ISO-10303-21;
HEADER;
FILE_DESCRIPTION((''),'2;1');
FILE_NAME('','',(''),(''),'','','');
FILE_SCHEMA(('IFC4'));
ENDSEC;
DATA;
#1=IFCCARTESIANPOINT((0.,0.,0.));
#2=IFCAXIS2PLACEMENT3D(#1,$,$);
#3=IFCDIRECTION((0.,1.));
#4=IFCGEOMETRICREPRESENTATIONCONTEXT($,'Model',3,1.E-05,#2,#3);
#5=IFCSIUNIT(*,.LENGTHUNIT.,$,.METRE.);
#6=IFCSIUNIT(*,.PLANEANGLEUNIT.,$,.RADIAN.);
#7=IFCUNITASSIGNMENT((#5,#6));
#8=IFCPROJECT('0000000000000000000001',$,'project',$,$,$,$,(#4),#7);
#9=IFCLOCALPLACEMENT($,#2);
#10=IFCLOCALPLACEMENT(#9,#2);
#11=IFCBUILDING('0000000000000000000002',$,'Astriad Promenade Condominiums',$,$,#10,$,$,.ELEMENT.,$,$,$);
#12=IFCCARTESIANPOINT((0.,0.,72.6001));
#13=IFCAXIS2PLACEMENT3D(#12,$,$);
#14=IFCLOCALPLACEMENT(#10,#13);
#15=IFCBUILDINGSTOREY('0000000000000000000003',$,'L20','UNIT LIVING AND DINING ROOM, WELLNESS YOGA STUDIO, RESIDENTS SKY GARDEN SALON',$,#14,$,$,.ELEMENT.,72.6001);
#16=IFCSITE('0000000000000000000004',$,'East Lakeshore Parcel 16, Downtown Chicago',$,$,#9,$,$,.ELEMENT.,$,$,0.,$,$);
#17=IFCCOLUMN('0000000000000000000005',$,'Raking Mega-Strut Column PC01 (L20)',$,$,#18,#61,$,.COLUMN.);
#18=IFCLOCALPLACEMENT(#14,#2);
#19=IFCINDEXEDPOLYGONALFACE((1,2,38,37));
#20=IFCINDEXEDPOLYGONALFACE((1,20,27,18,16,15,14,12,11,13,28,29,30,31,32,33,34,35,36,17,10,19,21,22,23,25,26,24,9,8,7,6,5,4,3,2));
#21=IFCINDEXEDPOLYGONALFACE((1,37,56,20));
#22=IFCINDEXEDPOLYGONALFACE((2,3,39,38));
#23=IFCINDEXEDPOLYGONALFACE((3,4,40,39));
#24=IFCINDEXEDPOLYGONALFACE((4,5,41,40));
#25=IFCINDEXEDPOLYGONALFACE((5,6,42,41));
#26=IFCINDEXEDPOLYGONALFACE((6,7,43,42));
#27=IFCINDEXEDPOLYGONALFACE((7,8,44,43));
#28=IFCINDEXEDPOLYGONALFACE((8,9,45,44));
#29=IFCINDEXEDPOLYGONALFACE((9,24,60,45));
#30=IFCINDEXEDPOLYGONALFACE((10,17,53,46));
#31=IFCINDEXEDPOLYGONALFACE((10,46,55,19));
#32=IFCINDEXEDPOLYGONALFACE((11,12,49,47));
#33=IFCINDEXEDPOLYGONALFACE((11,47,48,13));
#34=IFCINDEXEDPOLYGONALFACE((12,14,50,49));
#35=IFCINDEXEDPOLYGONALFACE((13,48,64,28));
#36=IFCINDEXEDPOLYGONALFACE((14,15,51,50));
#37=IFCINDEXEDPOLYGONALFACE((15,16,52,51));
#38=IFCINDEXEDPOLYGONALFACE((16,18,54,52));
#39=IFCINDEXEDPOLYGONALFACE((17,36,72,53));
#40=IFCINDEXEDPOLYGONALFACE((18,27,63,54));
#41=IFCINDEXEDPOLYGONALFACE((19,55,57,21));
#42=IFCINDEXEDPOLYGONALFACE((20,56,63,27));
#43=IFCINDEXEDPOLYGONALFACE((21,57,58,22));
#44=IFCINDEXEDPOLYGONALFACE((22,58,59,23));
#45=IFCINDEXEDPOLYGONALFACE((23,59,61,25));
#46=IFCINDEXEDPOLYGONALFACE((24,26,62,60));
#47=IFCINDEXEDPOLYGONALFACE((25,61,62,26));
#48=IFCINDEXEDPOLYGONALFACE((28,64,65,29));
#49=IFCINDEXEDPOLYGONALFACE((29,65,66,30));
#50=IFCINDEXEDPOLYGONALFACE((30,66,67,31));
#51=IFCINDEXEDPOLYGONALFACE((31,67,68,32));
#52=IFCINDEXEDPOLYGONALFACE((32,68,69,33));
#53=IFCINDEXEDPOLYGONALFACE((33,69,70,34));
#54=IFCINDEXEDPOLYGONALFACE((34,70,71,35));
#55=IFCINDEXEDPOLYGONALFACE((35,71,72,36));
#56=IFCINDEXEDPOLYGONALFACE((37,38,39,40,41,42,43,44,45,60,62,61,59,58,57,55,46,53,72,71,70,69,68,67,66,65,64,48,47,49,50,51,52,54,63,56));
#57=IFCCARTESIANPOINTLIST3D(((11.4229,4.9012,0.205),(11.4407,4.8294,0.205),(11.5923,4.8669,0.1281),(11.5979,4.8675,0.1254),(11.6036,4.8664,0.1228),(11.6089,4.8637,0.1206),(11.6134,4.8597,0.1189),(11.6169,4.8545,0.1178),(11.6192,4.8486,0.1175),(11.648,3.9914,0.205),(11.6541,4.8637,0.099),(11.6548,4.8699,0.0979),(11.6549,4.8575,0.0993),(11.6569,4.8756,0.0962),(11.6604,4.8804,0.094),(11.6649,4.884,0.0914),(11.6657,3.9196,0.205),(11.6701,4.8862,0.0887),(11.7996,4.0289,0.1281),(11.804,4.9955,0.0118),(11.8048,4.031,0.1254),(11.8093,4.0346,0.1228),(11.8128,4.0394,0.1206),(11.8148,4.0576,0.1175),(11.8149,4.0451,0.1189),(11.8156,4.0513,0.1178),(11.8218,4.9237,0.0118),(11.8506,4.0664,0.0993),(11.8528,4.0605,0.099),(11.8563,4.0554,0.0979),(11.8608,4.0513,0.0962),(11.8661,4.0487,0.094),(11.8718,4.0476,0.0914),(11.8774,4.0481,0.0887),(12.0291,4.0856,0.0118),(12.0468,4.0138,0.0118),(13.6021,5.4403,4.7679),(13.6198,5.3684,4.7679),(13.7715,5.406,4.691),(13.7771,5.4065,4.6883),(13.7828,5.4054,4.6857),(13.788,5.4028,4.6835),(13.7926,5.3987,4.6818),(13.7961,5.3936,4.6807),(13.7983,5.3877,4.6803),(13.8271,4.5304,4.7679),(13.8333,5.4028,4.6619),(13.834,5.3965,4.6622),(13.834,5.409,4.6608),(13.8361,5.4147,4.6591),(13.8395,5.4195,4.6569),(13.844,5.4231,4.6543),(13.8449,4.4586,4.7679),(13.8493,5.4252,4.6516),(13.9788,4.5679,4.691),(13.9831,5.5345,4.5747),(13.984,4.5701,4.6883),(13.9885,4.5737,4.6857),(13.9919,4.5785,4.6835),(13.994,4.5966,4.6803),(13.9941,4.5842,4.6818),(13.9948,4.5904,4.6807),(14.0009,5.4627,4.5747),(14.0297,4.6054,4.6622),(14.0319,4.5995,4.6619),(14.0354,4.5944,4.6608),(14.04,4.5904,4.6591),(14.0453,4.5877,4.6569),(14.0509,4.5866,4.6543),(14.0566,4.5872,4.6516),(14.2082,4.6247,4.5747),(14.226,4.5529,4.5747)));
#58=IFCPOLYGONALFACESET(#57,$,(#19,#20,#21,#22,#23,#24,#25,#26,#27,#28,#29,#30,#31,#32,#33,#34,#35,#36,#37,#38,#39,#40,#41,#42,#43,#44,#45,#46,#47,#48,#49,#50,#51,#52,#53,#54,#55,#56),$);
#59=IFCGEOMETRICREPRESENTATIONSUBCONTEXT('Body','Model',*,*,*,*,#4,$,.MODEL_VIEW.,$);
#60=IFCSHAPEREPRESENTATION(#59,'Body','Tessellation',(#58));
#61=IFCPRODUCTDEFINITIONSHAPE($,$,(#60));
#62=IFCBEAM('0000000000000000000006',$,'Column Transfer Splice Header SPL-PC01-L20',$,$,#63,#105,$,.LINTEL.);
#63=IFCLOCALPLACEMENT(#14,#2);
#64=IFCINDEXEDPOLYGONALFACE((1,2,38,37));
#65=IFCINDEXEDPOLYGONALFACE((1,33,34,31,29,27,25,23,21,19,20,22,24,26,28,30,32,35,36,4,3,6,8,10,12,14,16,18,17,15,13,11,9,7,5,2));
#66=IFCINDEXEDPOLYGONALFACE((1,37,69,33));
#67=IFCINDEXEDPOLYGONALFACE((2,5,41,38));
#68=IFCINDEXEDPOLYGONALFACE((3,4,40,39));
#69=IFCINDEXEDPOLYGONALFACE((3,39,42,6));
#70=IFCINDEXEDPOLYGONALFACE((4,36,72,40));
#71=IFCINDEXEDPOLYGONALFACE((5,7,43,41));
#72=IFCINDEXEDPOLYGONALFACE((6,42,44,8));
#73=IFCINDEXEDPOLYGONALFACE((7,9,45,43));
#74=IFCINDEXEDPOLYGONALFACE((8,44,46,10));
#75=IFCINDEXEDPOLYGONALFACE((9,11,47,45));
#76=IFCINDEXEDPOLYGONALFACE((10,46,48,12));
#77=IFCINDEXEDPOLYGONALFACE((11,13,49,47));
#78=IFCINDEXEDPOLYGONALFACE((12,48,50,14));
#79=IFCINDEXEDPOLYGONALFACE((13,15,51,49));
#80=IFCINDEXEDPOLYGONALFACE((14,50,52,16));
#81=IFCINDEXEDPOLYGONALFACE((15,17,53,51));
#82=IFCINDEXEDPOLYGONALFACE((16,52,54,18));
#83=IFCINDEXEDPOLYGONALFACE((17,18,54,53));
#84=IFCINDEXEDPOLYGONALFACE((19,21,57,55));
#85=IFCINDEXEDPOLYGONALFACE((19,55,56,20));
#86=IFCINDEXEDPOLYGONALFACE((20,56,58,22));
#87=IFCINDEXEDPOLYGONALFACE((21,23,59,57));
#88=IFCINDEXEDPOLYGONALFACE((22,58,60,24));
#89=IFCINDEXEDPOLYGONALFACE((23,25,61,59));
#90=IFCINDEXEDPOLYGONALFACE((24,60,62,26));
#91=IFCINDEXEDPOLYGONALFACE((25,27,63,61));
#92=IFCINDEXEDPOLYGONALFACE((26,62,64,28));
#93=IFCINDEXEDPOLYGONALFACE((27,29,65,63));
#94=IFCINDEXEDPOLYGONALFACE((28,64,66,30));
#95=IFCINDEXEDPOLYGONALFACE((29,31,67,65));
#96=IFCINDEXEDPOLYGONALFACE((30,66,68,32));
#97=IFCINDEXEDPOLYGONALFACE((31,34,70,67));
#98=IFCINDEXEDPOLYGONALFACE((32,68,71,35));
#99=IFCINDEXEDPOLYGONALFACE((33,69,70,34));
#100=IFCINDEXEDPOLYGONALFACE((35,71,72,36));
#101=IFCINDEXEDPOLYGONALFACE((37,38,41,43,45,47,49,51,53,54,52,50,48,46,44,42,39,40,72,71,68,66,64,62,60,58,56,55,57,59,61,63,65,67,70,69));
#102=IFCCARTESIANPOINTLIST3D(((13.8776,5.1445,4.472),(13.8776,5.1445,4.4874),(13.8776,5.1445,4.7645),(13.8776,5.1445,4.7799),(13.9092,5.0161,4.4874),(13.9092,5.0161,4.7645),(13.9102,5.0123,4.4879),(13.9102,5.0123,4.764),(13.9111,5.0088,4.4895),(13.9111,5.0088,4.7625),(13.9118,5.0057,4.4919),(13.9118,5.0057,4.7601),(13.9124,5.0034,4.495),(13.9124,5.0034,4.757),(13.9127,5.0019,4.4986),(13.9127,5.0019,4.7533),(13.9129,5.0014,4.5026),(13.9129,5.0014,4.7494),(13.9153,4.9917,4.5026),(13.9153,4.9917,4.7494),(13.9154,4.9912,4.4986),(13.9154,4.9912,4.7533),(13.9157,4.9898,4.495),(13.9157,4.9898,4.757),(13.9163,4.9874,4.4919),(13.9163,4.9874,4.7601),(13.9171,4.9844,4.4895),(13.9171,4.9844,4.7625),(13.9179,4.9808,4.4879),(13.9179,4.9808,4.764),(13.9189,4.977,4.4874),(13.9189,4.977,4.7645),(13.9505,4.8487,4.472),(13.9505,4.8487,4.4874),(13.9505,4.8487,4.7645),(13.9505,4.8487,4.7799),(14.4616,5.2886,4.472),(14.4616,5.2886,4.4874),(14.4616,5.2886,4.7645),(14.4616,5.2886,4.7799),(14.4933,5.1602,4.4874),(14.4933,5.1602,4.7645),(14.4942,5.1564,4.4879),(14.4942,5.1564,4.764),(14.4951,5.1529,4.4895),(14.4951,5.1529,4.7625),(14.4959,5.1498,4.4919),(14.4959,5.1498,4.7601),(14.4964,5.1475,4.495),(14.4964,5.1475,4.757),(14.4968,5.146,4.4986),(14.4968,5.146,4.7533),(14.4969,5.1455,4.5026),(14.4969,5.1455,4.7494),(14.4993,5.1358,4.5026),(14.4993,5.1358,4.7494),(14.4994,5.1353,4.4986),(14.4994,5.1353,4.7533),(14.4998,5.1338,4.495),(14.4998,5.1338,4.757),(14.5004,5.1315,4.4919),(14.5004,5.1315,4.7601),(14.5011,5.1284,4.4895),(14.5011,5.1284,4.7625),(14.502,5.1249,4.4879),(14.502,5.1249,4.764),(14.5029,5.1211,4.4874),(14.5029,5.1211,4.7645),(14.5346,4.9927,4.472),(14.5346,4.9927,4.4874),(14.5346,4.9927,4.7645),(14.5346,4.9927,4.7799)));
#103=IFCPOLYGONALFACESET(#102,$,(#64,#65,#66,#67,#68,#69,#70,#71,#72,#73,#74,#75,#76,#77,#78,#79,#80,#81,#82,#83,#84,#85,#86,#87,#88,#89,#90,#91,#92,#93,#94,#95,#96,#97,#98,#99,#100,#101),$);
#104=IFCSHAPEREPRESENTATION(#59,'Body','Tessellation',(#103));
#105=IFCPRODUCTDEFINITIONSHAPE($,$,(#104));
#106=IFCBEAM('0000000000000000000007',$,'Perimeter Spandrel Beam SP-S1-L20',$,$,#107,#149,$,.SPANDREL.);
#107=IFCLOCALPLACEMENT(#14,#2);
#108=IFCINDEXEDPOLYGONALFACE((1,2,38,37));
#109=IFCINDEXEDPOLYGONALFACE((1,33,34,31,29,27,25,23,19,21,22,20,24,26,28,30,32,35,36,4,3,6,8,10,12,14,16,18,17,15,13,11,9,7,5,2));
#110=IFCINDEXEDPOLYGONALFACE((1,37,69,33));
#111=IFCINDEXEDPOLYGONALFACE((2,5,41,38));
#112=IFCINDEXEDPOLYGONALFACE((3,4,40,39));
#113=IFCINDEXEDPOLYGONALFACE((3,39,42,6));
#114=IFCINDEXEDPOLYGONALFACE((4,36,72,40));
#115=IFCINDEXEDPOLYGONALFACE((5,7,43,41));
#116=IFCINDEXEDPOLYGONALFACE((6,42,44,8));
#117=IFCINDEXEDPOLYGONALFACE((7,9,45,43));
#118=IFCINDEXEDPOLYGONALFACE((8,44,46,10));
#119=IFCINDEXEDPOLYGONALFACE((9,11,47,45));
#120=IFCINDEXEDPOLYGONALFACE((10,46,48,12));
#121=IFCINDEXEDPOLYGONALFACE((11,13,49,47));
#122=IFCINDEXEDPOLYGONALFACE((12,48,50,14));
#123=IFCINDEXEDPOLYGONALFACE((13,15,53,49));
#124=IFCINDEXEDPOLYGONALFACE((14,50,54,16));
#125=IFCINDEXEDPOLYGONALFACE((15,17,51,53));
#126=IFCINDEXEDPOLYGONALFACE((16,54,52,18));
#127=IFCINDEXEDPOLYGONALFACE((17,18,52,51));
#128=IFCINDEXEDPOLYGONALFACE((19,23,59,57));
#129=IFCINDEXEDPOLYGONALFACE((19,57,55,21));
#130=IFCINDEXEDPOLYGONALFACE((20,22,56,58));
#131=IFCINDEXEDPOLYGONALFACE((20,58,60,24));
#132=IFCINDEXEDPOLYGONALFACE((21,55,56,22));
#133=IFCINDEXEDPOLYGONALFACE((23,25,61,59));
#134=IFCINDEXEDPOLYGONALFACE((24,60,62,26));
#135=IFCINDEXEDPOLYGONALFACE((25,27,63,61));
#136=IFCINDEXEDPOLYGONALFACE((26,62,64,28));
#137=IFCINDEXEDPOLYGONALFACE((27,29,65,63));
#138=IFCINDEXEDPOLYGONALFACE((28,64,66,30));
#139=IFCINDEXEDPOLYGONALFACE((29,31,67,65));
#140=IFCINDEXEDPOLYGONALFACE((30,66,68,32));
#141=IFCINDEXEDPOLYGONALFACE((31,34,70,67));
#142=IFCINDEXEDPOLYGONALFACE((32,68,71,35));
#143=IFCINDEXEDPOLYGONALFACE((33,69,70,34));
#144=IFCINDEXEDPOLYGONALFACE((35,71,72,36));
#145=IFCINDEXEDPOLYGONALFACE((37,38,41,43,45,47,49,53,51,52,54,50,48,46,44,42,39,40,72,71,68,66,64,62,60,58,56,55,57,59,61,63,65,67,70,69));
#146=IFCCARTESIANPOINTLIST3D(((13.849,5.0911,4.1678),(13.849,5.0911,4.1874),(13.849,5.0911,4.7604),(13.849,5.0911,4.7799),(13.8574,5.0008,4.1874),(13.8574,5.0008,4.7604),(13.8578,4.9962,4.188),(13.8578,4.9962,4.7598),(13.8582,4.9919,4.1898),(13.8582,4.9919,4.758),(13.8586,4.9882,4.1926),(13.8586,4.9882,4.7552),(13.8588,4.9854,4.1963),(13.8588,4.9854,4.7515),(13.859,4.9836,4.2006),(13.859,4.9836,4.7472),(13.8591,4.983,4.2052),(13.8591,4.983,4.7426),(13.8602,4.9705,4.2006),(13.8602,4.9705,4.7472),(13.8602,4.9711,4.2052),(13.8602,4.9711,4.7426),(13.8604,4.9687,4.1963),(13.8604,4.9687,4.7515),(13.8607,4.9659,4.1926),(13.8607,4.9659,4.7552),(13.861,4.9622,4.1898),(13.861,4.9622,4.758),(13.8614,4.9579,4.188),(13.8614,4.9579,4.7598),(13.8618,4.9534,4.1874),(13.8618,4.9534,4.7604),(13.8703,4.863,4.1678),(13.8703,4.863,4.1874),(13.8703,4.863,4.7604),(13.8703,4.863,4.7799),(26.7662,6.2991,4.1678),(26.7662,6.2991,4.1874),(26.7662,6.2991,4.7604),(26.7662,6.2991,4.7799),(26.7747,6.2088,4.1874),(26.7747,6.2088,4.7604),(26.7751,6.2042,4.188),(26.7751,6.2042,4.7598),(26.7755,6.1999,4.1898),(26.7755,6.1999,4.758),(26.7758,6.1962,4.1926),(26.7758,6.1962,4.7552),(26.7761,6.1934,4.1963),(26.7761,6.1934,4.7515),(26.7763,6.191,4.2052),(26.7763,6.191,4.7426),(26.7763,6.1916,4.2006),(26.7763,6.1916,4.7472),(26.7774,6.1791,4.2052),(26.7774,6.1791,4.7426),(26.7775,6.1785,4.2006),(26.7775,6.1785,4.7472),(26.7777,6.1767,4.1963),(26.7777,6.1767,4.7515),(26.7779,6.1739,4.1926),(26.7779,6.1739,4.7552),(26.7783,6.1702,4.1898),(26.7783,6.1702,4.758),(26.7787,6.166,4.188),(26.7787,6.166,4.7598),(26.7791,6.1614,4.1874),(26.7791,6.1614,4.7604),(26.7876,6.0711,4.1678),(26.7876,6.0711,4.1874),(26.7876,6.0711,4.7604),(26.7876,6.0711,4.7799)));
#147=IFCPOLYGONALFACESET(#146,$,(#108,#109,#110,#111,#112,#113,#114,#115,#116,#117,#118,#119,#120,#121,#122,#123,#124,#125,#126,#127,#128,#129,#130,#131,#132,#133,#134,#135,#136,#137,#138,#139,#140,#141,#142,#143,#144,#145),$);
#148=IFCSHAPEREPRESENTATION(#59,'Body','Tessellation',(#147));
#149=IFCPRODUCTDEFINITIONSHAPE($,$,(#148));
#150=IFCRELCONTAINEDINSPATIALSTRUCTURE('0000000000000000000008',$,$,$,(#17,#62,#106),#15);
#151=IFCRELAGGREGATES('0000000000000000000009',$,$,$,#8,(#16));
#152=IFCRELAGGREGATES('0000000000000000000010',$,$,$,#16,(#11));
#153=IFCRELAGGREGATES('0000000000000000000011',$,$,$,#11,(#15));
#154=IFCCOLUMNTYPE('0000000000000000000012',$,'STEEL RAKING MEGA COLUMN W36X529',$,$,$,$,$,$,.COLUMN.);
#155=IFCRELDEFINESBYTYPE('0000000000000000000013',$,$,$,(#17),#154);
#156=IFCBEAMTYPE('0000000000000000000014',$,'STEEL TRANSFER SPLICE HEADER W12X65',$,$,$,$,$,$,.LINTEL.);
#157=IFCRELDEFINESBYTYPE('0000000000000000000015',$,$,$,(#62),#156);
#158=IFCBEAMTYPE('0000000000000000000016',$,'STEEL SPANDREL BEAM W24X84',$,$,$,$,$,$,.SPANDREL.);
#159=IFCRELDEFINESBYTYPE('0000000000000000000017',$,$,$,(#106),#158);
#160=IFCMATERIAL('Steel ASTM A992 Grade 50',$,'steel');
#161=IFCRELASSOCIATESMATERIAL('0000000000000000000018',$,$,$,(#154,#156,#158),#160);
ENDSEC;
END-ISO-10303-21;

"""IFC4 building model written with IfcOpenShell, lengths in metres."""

from ifc_helpers import new_model, si_unit, direction, frame, origin, origin_2d, place, context, subcontext, project, spatial, i_section, extrude, source, transform, mapped, material, material_profile, profile_set, type_object, type_shapes, element, save


model = new_model("IFC4")

# Units and contexts
model_context = context("Model", 3, precision=1e-05, world=origin(), true_north=direction((0.0, 1.0)))
body_context = subcontext(model_context, "Body", "Model", "MODEL_VIEW")
ifc_project = project(units=[si_unit("LENGTHUNIT", "METRE"), si_unit("PLANEANGLEUNIT", "RADIAN")], contexts=[model_context])

# Site, building, storey
site_placement = place(None, origin())
site = spatial("IfcSite", under=ifc_project, at=site_placement, Name="East Lakeshore Parcel 16, Downtown Chicago", CompositionType="ELEMENT", RefElevation=0.0)
building_placement = place(site_placement, origin())
building = spatial("IfcBuilding", under=site, at=building_placement, Name="Astriad Promenade Condominiums", CompositionType="ELEMENT")
storey_placement = place(building_placement, frame((0.0, 0.0, 72.6001)))
storey = spatial("IfcBuildingStorey", under=building, at=storey_placement, Name="L20", Description="UNIT LIVING AND DINING ROOM, WELLNESS YOGA STUDIO, RESIDENTS SKY GARDEN SALON", CompositionType="ELEMENT", Elevation=72.6001)

# Column
ifc_material_1 = material(Name="Steel ASTM A992 Grade 50", Category="steel")
ifc_material_profile_1 = material_profile(ifc_material_1, i_section(OverallWidth=0.4375, OverallDepth=1.0112, WebThickness=0.041, FlangeThickness=0.074, FilletRadius=0.0242, at=origin_2d()), Name="W36X529")
ifc_profile_set_1 = profile_set([ifc_material_profile_1], Name="Steel ASTM A992 Grade 50")
column_type = type_object("IfcColumnType", Name="STEEL RAKING MEGA COLUMN W36X529", PredefinedType="COLUMN", material=ifc_profile_set_1)
shared_shape_1 = source(origin(), body_context, "Body", "SweptSolid", [
    extrude(i_section(OverallWidth=0.4375, OverallDepth=1.0112, WebThickness=0.041, FlangeThickness=0.074, FilletRadius=0.0242, at=origin_2d()), origin(), (0.0, 0.0, 1.0), 5.0852),
])
type_shapes(column_type, [shared_shape_1])
column_placement = place(storey_placement, frame((11.7349, 4.4575, 0.1084), z_axis=(0.428528, 0.106004, 0.897288), x_axis=(-0.871035, -0.215465, 0.441445)))
element("IfcColumn", 1, at=column_placement, inside=storey, type_object=column_type, Name="Raking Mega-Strut Column PC01 (L20)", PredefinedType="COLUMN", context=body_context, shape_type="MappedRepresentation", body=[
    mapped(shared_shape_1, transform((0.0, 0.0, 0.0), scale=1.0)),
])

# Beams
ifc_material_profile_2 = material_profile(ifc_material_1, i_section(OverallWidth=0.3047, OverallDepth=0.3079, WebThickness=0.01, FlangeThickness=0.0154, FilletRadius=0.0151, at=origin_2d()), Name="W12X65")
ifc_profile_set_2 = profile_set([ifc_material_profile_2], Name="Steel ASTM A992 Grade 50")
beam_type_1 = type_object("IfcBeamType", Name="STEEL TRANSFER SPLICE HEADER W12X65", PredefinedType="LINTEL", material=ifc_profile_set_2)
shared_shape_2 = source(origin(), body_context, "Body", "SweptSolid", [
    extrude(i_section(OverallWidth=0.3047, OverallDepth=0.3079, WebThickness=0.01, FlangeThickness=0.0154, FilletRadius=0.0151, at=origin_2d()), origin(), (0.0, 0.0, 1.0), 0.6016),
])
type_shapes(beam_type_1, [shared_shape_2])
beam_1_placement = place(storey_placement, frame((13.9141, 4.9966, 4.626), z_axis=(0.970902, 0.239478, 0.0), x_axis=(-0.239478, 0.970902, 0.0)))
element("IfcBeam", 2, at=beam_1_placement, inside=storey, type_object=beam_type_1, Name="Column Transfer Splice Header SPL-PC01-L20", PredefinedType="LINTEL", context=body_context, shape_type="MappedRepresentation", body=[
    mapped(shared_shape_2, transform((0.0, 0.0, 0.0), scale=1.0)),
])
ifc_material_profile_3 = material_profile(ifc_material_1, i_section(OverallWidth=0.229, OverallDepth=0.6121, WebThickness=0.012, FlangeThickness=0.0195, FilletRadius=0.0178, at=origin_2d()), Name="W24X84")
ifc_profile_set_3 = profile_set([ifc_material_profile_3], Name="Steel ASTM A992 Grade 50")
beam_type_2 = type_object("IfcBeamType", Name="STEEL SPANDREL BEAM W24X84", PredefinedType="SPANDREL", material=ifc_profile_set_3)
shared_shape_3 = source(origin(), body_context, "Body", "SweptSolid", [
    extrude(i_section(OverallWidth=0.229, OverallDepth=0.6121, WebThickness=0.012, FlangeThickness=0.0195, FilletRadius=0.0178, at=origin_2d()), origin(), (0.0, 0.0, 1.0), 12.9736),
])
type_shapes(beam_type_2, [shared_shape_3])
beam_2_placement = place(storey_placement, frame((13.8596, 4.9771, 4.4739), z_axis=(0.995656, 0.093113, 0.0), x_axis=(-0.093113, 0.995656, 0.0)))
element("IfcBeam", 3, at=beam_2_placement, inside=storey, type_object=beam_type_2, Name="Perimeter Spandrel Beam SP-S1-L20", PredefinedType="SPANDREL", context=body_context, shape_type="MappedRepresentation", body=[
    mapped(shared_shape_3, transform((0.0, 0.0, 0.0), scale=1.0)),
])

save(model, "model.ifc")
